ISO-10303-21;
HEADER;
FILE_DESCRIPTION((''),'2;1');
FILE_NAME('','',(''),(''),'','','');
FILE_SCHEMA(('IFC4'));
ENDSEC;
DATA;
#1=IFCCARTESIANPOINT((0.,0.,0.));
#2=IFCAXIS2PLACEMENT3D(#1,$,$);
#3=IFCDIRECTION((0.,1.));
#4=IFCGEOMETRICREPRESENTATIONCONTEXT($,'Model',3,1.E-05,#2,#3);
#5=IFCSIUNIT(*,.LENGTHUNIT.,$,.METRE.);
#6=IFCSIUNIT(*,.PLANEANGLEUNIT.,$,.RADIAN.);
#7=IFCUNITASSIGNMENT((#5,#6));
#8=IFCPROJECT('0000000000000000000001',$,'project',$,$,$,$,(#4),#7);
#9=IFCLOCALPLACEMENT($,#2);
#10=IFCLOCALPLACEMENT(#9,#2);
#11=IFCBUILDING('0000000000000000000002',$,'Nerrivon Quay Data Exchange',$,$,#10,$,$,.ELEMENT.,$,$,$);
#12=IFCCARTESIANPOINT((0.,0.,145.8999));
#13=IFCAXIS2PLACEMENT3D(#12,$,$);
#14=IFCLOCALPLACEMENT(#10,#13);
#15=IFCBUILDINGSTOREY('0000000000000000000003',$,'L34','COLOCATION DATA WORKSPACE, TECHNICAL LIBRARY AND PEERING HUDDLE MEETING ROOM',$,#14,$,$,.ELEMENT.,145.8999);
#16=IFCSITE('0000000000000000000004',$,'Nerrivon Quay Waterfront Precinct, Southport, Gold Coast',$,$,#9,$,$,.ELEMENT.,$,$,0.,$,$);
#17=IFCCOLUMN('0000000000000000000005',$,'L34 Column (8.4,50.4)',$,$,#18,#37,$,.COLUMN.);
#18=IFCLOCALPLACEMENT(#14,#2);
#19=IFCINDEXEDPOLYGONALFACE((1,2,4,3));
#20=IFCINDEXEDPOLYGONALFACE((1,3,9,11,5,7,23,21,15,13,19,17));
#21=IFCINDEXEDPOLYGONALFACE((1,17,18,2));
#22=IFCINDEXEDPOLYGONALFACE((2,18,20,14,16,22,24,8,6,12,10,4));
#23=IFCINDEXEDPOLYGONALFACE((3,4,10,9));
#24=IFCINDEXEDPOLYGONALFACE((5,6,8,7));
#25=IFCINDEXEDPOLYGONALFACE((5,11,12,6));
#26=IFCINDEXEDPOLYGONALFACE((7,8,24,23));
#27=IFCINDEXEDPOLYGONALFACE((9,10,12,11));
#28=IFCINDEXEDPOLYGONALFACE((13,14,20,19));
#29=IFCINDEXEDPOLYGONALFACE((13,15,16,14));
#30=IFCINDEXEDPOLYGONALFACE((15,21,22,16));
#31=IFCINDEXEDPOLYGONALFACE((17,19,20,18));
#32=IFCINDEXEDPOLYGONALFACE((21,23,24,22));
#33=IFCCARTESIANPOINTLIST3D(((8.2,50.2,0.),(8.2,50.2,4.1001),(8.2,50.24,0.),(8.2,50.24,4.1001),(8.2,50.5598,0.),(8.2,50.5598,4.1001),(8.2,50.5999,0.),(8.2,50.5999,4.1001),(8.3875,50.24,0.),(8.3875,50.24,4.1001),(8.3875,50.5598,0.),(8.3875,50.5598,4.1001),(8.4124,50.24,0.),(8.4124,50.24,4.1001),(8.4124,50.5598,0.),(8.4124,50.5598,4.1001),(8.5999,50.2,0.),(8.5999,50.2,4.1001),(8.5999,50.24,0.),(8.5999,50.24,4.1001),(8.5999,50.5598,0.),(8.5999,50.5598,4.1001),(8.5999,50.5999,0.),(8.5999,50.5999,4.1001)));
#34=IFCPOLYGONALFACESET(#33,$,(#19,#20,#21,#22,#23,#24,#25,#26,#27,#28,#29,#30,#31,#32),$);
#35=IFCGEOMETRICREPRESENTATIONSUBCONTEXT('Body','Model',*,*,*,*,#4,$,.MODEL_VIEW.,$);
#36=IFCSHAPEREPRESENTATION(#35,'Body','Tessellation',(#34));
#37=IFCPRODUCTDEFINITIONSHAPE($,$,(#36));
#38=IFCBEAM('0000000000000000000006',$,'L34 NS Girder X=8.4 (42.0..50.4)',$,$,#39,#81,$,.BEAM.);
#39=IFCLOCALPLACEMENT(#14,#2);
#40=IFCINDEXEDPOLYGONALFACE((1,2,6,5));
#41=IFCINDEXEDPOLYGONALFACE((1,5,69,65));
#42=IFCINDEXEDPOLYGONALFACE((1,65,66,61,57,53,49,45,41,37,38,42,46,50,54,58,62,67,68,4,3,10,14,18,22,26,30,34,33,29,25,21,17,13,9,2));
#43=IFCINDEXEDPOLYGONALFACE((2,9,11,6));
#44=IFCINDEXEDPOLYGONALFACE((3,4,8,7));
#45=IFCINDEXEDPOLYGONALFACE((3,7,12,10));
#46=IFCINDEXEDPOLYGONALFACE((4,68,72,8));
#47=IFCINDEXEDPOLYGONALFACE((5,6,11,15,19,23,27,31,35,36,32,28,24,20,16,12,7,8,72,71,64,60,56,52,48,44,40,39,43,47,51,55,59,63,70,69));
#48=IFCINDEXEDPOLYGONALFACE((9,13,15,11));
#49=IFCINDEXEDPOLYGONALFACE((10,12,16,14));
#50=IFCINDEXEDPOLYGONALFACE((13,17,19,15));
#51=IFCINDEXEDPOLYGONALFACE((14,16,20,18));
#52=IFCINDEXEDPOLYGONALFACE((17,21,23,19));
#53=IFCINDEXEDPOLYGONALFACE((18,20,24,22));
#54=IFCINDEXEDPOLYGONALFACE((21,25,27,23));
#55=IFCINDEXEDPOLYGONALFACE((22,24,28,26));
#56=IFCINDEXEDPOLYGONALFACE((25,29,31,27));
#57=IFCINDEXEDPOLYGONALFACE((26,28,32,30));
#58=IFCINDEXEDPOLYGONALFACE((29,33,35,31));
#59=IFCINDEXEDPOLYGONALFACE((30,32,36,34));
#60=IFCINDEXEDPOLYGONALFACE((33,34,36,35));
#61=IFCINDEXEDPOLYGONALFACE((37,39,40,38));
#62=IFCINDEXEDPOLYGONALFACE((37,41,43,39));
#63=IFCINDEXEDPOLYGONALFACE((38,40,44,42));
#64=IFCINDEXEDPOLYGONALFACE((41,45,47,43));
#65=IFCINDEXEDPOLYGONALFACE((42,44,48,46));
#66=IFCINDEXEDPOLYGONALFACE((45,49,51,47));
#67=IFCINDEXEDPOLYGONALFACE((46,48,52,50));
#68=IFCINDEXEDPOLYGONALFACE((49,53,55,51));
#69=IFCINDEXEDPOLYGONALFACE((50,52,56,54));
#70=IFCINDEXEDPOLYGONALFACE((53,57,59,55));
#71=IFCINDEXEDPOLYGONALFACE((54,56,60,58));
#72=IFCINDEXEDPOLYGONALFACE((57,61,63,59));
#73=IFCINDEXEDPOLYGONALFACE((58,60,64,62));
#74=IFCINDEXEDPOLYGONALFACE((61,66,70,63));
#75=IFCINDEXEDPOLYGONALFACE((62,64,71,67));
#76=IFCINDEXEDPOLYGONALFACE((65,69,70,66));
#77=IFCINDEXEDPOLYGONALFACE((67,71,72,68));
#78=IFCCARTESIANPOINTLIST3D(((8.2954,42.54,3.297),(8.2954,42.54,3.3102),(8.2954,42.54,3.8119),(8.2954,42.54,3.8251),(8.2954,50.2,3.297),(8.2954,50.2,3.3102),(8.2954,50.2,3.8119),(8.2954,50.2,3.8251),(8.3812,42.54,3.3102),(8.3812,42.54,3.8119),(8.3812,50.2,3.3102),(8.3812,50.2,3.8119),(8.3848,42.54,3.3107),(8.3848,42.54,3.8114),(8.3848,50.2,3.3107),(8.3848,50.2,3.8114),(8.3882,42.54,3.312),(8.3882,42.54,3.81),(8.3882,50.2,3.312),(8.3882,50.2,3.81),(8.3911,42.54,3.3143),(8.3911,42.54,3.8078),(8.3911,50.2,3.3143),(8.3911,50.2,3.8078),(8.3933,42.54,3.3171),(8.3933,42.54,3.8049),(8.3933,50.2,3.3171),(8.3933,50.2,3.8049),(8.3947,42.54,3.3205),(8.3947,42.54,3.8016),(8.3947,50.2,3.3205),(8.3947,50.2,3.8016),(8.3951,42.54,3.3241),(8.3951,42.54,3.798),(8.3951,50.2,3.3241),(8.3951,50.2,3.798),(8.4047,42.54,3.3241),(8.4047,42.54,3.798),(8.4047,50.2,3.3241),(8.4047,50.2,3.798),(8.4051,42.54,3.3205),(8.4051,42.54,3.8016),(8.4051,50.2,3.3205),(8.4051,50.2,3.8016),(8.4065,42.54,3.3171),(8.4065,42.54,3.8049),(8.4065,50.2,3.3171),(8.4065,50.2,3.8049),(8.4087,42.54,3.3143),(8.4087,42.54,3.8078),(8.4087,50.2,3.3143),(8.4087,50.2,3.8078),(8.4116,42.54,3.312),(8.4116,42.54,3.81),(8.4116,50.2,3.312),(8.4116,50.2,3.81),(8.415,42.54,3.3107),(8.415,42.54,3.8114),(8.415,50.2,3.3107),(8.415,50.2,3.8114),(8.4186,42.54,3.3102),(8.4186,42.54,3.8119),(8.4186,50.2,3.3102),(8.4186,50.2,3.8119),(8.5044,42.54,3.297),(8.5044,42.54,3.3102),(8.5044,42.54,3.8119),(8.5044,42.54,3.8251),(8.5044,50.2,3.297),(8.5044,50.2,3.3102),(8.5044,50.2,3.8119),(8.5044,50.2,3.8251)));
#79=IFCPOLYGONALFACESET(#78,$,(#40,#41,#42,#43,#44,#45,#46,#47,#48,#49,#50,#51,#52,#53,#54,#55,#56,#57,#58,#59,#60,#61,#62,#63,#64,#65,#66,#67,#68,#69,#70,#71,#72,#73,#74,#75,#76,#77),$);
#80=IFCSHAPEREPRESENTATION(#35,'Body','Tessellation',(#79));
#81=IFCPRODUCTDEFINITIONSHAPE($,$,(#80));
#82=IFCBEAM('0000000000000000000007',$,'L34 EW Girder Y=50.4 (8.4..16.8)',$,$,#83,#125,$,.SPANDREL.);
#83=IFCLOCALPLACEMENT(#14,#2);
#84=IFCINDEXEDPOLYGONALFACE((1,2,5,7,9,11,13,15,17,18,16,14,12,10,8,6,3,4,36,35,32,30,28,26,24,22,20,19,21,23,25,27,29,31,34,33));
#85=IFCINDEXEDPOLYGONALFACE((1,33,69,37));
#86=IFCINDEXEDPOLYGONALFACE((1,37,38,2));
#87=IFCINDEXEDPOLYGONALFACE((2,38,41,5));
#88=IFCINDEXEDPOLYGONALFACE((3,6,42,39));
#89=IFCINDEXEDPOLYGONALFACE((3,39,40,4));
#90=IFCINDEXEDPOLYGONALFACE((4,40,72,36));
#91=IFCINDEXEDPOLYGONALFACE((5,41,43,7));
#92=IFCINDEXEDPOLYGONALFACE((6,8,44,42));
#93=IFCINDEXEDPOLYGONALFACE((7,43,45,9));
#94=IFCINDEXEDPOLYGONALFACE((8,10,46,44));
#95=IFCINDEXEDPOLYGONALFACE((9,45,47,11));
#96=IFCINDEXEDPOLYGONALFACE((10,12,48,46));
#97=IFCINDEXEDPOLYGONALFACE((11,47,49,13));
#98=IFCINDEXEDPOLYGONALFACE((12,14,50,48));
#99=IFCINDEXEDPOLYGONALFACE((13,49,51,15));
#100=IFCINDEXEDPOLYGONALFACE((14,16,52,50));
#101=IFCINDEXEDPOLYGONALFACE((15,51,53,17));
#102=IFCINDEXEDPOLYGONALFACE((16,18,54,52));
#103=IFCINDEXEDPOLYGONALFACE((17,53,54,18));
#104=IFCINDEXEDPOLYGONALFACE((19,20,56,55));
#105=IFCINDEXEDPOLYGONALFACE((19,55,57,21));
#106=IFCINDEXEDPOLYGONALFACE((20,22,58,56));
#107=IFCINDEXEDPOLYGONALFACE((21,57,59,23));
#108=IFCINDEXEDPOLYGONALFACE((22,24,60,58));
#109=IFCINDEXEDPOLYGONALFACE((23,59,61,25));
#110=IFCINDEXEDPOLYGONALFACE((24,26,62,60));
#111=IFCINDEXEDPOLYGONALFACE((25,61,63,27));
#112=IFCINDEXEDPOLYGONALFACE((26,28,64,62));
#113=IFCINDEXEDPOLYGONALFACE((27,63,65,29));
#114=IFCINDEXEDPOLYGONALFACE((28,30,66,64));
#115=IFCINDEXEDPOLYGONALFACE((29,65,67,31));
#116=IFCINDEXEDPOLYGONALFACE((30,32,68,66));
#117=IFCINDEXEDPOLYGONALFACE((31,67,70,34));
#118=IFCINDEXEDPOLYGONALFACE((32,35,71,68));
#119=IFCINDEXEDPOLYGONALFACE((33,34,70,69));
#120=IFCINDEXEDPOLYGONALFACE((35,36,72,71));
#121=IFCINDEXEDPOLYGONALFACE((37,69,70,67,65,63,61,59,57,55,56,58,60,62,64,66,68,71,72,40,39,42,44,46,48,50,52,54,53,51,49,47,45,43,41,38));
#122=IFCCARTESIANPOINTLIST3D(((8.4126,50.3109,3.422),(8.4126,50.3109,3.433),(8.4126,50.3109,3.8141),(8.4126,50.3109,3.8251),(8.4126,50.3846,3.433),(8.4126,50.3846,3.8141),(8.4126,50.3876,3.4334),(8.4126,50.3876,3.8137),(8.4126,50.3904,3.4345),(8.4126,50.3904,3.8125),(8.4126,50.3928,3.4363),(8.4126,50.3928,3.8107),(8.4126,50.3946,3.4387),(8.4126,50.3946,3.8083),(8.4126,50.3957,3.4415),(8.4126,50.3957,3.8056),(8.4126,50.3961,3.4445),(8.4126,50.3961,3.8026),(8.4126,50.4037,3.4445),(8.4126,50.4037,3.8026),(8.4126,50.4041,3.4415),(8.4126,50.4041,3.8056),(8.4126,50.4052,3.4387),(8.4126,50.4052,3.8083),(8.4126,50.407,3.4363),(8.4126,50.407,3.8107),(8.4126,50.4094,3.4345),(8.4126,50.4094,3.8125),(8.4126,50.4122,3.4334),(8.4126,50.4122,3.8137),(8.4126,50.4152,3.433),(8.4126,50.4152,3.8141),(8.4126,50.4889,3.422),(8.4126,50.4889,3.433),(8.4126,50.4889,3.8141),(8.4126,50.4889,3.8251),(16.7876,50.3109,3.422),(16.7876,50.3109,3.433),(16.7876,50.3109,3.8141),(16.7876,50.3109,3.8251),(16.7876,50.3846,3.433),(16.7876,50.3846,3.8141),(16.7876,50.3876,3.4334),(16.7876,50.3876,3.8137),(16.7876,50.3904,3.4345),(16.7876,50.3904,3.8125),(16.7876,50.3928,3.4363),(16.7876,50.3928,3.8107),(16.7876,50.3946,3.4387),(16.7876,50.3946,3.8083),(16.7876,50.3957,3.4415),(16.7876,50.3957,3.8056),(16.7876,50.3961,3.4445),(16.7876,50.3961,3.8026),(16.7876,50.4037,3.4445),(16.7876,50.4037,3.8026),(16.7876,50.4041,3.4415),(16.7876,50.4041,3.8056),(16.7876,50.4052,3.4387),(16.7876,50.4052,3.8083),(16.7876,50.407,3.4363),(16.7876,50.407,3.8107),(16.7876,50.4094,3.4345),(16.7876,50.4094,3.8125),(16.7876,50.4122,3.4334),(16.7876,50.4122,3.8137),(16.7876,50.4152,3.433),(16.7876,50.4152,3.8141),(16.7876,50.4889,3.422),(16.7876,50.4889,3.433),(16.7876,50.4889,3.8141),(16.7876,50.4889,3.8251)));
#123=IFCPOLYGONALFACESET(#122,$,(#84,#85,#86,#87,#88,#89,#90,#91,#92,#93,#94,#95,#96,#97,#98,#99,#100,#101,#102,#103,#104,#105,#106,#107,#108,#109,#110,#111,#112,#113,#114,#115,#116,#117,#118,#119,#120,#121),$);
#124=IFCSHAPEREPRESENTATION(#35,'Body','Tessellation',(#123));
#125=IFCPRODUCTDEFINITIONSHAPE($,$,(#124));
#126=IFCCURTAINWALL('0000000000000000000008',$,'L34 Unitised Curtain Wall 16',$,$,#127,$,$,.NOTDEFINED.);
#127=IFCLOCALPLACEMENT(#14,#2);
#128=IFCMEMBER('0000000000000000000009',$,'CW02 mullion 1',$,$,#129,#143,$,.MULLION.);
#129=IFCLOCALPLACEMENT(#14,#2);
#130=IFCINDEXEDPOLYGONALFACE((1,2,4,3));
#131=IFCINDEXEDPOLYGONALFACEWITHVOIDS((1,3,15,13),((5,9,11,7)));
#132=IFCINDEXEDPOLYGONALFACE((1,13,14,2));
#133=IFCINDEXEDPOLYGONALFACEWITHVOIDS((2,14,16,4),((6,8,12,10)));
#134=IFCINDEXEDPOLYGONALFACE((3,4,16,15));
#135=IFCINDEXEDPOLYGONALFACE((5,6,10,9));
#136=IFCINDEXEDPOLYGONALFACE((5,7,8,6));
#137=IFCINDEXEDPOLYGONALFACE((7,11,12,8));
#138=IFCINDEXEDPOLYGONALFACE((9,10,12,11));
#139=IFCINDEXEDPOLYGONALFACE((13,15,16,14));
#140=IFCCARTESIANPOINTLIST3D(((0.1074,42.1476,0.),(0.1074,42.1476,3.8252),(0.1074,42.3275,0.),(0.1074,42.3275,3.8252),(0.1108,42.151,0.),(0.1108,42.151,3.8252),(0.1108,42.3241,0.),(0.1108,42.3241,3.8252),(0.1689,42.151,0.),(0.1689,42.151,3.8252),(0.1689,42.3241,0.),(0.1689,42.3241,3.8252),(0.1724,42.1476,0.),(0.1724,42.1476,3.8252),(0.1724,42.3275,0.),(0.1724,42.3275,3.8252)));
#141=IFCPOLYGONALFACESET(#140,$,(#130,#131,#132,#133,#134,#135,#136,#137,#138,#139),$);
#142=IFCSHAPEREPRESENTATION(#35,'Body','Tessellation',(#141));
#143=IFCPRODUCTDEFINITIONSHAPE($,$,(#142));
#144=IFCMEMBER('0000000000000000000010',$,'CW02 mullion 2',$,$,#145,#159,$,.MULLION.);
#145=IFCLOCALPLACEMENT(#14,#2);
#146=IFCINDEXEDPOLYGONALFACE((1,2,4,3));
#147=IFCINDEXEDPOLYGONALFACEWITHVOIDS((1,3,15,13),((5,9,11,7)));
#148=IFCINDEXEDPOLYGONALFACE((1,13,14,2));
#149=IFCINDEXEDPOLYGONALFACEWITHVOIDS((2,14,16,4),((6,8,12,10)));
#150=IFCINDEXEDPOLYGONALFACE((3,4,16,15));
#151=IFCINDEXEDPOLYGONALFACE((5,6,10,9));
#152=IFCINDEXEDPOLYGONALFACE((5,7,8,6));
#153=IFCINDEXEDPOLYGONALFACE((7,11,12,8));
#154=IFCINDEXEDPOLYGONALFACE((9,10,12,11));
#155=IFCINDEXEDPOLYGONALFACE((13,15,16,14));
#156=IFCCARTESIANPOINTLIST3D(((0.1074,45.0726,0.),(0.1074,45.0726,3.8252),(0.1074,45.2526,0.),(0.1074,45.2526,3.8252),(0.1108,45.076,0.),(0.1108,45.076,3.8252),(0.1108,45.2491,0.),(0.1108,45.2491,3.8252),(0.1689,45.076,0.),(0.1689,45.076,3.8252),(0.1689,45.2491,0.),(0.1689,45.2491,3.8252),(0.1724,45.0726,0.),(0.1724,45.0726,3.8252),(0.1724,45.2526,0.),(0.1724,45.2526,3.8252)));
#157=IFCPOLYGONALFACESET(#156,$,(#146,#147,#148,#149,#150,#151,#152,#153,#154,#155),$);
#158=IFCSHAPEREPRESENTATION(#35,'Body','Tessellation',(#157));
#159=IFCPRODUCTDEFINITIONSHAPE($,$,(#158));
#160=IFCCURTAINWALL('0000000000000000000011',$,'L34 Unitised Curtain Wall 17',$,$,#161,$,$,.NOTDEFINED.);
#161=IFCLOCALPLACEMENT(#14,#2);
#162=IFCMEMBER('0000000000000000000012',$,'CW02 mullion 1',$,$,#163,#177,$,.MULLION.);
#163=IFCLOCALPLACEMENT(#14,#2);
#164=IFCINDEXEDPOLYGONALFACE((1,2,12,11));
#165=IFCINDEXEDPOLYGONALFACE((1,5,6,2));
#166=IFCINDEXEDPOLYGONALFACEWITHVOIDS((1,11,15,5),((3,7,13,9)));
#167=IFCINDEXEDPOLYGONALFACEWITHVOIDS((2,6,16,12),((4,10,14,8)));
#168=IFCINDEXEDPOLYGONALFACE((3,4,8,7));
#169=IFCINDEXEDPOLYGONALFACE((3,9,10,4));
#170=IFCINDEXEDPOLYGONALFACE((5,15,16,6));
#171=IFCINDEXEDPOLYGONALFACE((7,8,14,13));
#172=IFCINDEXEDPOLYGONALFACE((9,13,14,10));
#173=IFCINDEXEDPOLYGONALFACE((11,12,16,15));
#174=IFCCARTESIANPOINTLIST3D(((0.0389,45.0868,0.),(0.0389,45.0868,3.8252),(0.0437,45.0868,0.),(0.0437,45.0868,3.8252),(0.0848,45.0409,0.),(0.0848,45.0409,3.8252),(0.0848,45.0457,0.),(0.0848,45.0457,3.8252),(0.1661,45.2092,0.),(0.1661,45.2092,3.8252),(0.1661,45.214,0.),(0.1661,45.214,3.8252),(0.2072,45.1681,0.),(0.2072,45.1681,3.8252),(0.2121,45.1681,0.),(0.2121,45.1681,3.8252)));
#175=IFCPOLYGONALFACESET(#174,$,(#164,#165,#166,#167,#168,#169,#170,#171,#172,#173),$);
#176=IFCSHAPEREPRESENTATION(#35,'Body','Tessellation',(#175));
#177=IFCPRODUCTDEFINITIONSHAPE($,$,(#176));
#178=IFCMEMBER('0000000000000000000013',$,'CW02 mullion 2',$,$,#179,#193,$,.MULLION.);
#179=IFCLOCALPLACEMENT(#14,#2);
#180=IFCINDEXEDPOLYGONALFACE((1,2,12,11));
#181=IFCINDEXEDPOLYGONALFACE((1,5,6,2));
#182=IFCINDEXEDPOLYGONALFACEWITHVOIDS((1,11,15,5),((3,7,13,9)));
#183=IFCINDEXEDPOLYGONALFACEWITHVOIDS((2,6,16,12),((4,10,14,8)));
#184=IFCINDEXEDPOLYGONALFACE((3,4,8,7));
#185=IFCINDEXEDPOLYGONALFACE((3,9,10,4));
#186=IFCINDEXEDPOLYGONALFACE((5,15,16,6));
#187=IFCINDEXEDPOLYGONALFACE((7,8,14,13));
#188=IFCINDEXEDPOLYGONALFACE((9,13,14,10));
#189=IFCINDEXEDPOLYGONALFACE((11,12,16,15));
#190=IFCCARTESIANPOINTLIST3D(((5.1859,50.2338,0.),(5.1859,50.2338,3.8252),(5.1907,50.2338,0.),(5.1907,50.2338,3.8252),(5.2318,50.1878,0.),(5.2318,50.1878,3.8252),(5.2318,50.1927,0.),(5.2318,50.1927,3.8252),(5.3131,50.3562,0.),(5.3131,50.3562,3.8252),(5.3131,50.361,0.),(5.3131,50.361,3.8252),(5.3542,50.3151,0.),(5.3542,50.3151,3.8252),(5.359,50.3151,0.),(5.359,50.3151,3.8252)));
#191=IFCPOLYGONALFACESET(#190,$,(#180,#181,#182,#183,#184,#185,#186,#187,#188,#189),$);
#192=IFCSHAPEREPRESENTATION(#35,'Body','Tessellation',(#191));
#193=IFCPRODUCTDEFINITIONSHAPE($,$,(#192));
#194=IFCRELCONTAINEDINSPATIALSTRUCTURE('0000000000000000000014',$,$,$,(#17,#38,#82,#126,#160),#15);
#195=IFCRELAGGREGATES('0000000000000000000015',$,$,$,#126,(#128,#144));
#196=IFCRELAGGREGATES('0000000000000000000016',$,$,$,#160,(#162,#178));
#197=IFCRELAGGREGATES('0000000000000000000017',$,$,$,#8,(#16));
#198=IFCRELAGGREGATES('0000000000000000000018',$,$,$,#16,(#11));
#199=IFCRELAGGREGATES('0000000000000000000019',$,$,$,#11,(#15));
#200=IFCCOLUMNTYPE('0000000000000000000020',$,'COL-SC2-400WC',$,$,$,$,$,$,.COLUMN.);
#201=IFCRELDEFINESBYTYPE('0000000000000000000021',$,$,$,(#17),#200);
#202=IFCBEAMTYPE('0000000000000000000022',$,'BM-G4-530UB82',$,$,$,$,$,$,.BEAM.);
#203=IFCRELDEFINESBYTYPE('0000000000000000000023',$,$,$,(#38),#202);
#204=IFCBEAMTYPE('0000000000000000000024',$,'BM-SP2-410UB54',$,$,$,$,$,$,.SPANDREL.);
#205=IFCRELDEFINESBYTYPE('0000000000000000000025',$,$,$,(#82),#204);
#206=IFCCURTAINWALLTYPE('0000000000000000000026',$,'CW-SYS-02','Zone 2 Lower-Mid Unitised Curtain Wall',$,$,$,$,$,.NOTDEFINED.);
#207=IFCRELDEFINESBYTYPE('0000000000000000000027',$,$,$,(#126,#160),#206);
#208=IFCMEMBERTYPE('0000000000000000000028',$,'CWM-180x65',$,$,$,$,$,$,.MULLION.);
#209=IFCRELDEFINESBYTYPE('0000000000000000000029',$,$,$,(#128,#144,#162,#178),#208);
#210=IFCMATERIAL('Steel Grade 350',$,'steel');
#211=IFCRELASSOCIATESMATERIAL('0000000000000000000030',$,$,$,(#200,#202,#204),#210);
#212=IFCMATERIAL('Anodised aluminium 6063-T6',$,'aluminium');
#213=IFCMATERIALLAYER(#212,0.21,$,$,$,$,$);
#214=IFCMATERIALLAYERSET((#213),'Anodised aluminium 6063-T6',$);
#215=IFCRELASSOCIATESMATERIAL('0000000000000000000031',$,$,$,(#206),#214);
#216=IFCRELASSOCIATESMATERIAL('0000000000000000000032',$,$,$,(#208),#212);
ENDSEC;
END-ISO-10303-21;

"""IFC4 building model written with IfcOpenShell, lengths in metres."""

from ifc_helpers import new_model, si_unit, direction, frame, origin, origin_2d, place, context, subcontext, project, spatial, hollow_rectangle, i_section, extrude, material, layer, layer_set, material_profile, profile_set, type_object, element, aggregate, save


model = new_model("IFC4")

# Units and contexts
model_context = context("Model", 3, precision=1e-05, world=origin(), true_north=direction((0.0, 1.0)))
body_context = subcontext(model_context, "Body", "Model", "MODEL_VIEW")
ifc_project = project(units=[si_unit("LENGTHUNIT", "METRE"), si_unit("PLANEANGLEUNIT", "RADIAN")], contexts=[model_context])

# Site, building, storey
site_placement = place(None, origin())
site = spatial("IfcSite", under=ifc_project, at=site_placement, Name="Nerrivon Quay Waterfront Precinct, Southport, Gold Coast", CompositionType="ELEMENT", RefElevation=0.0)
building_placement = place(site_placement, origin())
building = spatial("IfcBuilding", under=site, at=building_placement, Name="Nerrivon Quay Data Exchange", CompositionType="ELEMENT")
storey_placement = place(building_placement, frame((0.0, 0.0, 145.8999)))
storey = spatial("IfcBuildingStorey", under=building, at=storey_placement, Name="L34", Description="COLOCATION DATA WORKSPACE, TECHNICAL LIBRARY AND PEERING HUDDLE MEETING ROOM", CompositionType="ELEMENT", Elevation=145.8999)

# Column
ifc_material_1 = material(Name="Steel Grade 350", Category="steel")
ifc_material_profile_1 = material_profile(ifc_material_1, i_section(OverallWidth=0.3999, OverallDepth=0.3999, WebThickness=0.0249, FlangeThickness=0.04, at=origin_2d()), Name="400WC328")
ifc_profile_set_1 = profile_set([ifc_material_profile_1], Name="Steel Grade 350")
column_type = type_object("IfcColumnType", Name="COL-SC2-400WC", PredefinedType="COLUMN", material=ifc_profile_set_1)
column_placement = place(storey_placement, frame((8.3999, 50.3999, 0.0), z_axis=(0.0, 0.0, 1.0), x_axis=(1.0, 0.0, 0.0)))
element("IfcColumn", 1, at=column_placement, inside=storey, type_object=column_type, Name="L34 Column (8.4,50.4)", PredefinedType="COLUMN", context=body_context, shape_type="SweptSolid", body=[
    extrude(i_section(OverallWidth=0.3999, OverallDepth=0.3999, WebThickness=0.0249, FlangeThickness=0.04, at=origin_2d()), origin(), (0.0, 0.0, 1.0), 4.1001),
])

# Beams
ifc_material_profile_2 = material_profile(ifc_material_1, i_section(OverallWidth=0.209, OverallDepth=0.5281, WebThickness=0.0095, FlangeThickness=0.0132, FilletRadius=0.0139, at=origin_2d()), Name="530UB82.0")
ifc_profile_set_2 = profile_set([ifc_material_profile_2], Name="Steel Grade 350")
beam_type_1 = type_object("IfcBeamType", Name="BM-G4-530UB82", PredefinedType="BEAM", material=ifc_profile_set_2)
beam_1_placement = place(storey_placement, frame((8.3999, 42.54, 3.561), z_axis=(0.0, 1.0, 0.0), x_axis=(-1.0, 0.0, 0.0)))
element("IfcBeam", 2, at=beam_1_placement, inside=storey, type_object=beam_type_1, Name="L34 NS Girder X=8.4 (42.0..50.4)", PredefinedType="BEAM", context=body_context, shape_type="SweptSolid", body=[
    extrude(i_section(OverallWidth=0.209, OverallDepth=0.5281, WebThickness=0.0095, FlangeThickness=0.0132, FilletRadius=0.0139, at=origin_2d()), origin(), (0.0, 0.0, 1.0), 7.6599),
])
ifc_material_profile_3 = material_profile(ifc_material_1, i_section(OverallWidth=0.178, OverallDepth=0.4031, WebThickness=0.0076, FlangeThickness=0.011, FilletRadius=0.0115, at=origin_2d()), Name="410UB53.7")
ifc_profile_set_3 = profile_set([ifc_material_profile_3], Name="Steel Grade 350")
beam_type_2 = type_object("IfcBeamType", Name="BM-SP2-410UB54", PredefinedType="SPANDREL", material=ifc_profile_set_3)
beam_2_placement = place(storey_placement, frame((8.4126, 50.3999, 3.6235), z_axis=(1.0, 0.0, 0.0), x_axis=(0.0, 1.0, 0.0)))
element("IfcBeam", 3, at=beam_2_placement, inside=storey, type_object=beam_type_2, Name="L34 EW Girder Y=50.4 (8.4..16.8)", PredefinedType="SPANDREL", context=body_context, shape_type="SweptSolid", body=[
    extrude(i_section(OverallWidth=0.178, OverallDepth=0.4031, WebThickness=0.0076, FlangeThickness=0.011, FilletRadius=0.0115, at=origin_2d()), origin(), (0.0, 0.0, 1.0), 8.375),
])

# Curtain walls, members
ifc_material_2 = material(Name="Anodised aluminium 6063-T6", Category="aluminium")
ifc_layer_1 = layer(ifc_material_2, 0.21)
ifc_layer_set_1 = layer_set([ifc_layer_1], Name="Anodised aluminium 6063-T6")
curtain_wall_type = type_object("IfcCurtainWallType", Name="CW-SYS-02", Description="Zone 2 Lower-Mid Unitised Curtain Wall", PredefinedType="NOTDEFINED", material=ifc_layer_set_1)
curtain_wall_1_placement = place(storey_placement, origin())
curtain_wall_1 = element("IfcCurtainWall", 4, at=curtain_wall_1_placement, inside=storey, type_object=curtain_wall_type, Name="L34 Unitised Curtain Wall 16", PredefinedType="NOTDEFINED")
ifc_material_profile_4 = material_profile(ifc_material_2, hollow_rectangle(XDim=0.0649, YDim=0.1799, WallThickness=0.0034, at=origin_2d()), Name="ALU-MULL-180x65")
ifc_profile_set_4 = profile_set([ifc_material_profile_4], Name="Anodised aluminium 6063-T6")
member_type_1 = type_object("IfcMemberType", Name="CWM-180x65", PredefinedType="MULLION", material=ifc_profile_set_4)
member_1_placement = place(storey_placement, frame((0.1399, 42.2375, 0.0), z_axis=(0.0, 0.0, 1.0), x_axis=(-1.0, 0.0, 0.0)))
member_1 = element("IfcMember", 5, at=member_1_placement, type_object=member_type_1, Name="CW02 mullion 1", PredefinedType="MULLION", context=body_context, shape_type="SweptSolid", body=[
    extrude(hollow_rectangle(XDim=0.0649, YDim=0.1799, WallThickness=0.0034, at=origin_2d()), origin(), (0.0, 0.0, 1.0), 3.8252),
])
member_2_placement = place(storey_placement, frame((0.1399, 45.1626, 0.0), z_axis=(0.0, 0.0, 1.0), x_axis=(-1.0, 0.0, 0.0)))
member_2 = element("IfcMember", 6, at=member_2_placement, type_object=member_type_1, Name="CW02 mullion 2", PredefinedType="MULLION", context=body_context, shape_type="SweptSolid", body=[
    extrude(hollow_rectangle(XDim=0.0649, YDim=0.1799, WallThickness=0.0034, at=origin_2d()), origin(), (0.0, 0.0, 1.0), 3.8252),
])
curtain_wall_2_placement = place(storey_placement, origin())
curtain_wall_2 = element("IfcCurtainWall", 7, at=curtain_wall_2_placement, inside=storey, type_object=curtain_wall_type, Name="L34 Unitised Curtain Wall 17", PredefinedType="NOTDEFINED")
member_3_placement = place(storey_placement, frame((0.1255, 45.1274, 0.0), z_axis=(0.0, 0.0, 1.0), x_axis=(-0.707107, 0.707107, 0.0)))
member_3 = element("IfcMember", 8, at=member_3_placement, type_object=member_type_1, Name="CW02 mullion 1", PredefinedType="MULLION", context=body_context, shape_type="SweptSolid", body=[
    extrude(hollow_rectangle(XDim=0.0649, YDim=0.1799, WallThickness=0.0034, at=origin_2d()), origin(), (0.0, 0.0, 1.0), 3.8252),
])
member_4_placement = place(storey_placement, frame((5.2725, 50.2744, 0.0), z_axis=(0.0, 0.0, 1.0), x_axis=(-0.707107, 0.707107, 0.0)))
member_4 = element("IfcMember", 9, at=member_4_placement, type_object=member_type_1, Name="CW02 mullion 2", PredefinedType="MULLION", context=body_context, shape_type="SweptSolid", body=[
    extrude(hollow_rectangle(XDim=0.0649, YDim=0.1799, WallThickness=0.0034, at=origin_2d()), origin(), (0.0, 0.0, 1.0), 3.8252),
])

aggregate(curtain_wall_1, [member_1, member_2])
aggregate(curtain_wall_2, [member_3, member_4])

save(model, "model.ifc")
